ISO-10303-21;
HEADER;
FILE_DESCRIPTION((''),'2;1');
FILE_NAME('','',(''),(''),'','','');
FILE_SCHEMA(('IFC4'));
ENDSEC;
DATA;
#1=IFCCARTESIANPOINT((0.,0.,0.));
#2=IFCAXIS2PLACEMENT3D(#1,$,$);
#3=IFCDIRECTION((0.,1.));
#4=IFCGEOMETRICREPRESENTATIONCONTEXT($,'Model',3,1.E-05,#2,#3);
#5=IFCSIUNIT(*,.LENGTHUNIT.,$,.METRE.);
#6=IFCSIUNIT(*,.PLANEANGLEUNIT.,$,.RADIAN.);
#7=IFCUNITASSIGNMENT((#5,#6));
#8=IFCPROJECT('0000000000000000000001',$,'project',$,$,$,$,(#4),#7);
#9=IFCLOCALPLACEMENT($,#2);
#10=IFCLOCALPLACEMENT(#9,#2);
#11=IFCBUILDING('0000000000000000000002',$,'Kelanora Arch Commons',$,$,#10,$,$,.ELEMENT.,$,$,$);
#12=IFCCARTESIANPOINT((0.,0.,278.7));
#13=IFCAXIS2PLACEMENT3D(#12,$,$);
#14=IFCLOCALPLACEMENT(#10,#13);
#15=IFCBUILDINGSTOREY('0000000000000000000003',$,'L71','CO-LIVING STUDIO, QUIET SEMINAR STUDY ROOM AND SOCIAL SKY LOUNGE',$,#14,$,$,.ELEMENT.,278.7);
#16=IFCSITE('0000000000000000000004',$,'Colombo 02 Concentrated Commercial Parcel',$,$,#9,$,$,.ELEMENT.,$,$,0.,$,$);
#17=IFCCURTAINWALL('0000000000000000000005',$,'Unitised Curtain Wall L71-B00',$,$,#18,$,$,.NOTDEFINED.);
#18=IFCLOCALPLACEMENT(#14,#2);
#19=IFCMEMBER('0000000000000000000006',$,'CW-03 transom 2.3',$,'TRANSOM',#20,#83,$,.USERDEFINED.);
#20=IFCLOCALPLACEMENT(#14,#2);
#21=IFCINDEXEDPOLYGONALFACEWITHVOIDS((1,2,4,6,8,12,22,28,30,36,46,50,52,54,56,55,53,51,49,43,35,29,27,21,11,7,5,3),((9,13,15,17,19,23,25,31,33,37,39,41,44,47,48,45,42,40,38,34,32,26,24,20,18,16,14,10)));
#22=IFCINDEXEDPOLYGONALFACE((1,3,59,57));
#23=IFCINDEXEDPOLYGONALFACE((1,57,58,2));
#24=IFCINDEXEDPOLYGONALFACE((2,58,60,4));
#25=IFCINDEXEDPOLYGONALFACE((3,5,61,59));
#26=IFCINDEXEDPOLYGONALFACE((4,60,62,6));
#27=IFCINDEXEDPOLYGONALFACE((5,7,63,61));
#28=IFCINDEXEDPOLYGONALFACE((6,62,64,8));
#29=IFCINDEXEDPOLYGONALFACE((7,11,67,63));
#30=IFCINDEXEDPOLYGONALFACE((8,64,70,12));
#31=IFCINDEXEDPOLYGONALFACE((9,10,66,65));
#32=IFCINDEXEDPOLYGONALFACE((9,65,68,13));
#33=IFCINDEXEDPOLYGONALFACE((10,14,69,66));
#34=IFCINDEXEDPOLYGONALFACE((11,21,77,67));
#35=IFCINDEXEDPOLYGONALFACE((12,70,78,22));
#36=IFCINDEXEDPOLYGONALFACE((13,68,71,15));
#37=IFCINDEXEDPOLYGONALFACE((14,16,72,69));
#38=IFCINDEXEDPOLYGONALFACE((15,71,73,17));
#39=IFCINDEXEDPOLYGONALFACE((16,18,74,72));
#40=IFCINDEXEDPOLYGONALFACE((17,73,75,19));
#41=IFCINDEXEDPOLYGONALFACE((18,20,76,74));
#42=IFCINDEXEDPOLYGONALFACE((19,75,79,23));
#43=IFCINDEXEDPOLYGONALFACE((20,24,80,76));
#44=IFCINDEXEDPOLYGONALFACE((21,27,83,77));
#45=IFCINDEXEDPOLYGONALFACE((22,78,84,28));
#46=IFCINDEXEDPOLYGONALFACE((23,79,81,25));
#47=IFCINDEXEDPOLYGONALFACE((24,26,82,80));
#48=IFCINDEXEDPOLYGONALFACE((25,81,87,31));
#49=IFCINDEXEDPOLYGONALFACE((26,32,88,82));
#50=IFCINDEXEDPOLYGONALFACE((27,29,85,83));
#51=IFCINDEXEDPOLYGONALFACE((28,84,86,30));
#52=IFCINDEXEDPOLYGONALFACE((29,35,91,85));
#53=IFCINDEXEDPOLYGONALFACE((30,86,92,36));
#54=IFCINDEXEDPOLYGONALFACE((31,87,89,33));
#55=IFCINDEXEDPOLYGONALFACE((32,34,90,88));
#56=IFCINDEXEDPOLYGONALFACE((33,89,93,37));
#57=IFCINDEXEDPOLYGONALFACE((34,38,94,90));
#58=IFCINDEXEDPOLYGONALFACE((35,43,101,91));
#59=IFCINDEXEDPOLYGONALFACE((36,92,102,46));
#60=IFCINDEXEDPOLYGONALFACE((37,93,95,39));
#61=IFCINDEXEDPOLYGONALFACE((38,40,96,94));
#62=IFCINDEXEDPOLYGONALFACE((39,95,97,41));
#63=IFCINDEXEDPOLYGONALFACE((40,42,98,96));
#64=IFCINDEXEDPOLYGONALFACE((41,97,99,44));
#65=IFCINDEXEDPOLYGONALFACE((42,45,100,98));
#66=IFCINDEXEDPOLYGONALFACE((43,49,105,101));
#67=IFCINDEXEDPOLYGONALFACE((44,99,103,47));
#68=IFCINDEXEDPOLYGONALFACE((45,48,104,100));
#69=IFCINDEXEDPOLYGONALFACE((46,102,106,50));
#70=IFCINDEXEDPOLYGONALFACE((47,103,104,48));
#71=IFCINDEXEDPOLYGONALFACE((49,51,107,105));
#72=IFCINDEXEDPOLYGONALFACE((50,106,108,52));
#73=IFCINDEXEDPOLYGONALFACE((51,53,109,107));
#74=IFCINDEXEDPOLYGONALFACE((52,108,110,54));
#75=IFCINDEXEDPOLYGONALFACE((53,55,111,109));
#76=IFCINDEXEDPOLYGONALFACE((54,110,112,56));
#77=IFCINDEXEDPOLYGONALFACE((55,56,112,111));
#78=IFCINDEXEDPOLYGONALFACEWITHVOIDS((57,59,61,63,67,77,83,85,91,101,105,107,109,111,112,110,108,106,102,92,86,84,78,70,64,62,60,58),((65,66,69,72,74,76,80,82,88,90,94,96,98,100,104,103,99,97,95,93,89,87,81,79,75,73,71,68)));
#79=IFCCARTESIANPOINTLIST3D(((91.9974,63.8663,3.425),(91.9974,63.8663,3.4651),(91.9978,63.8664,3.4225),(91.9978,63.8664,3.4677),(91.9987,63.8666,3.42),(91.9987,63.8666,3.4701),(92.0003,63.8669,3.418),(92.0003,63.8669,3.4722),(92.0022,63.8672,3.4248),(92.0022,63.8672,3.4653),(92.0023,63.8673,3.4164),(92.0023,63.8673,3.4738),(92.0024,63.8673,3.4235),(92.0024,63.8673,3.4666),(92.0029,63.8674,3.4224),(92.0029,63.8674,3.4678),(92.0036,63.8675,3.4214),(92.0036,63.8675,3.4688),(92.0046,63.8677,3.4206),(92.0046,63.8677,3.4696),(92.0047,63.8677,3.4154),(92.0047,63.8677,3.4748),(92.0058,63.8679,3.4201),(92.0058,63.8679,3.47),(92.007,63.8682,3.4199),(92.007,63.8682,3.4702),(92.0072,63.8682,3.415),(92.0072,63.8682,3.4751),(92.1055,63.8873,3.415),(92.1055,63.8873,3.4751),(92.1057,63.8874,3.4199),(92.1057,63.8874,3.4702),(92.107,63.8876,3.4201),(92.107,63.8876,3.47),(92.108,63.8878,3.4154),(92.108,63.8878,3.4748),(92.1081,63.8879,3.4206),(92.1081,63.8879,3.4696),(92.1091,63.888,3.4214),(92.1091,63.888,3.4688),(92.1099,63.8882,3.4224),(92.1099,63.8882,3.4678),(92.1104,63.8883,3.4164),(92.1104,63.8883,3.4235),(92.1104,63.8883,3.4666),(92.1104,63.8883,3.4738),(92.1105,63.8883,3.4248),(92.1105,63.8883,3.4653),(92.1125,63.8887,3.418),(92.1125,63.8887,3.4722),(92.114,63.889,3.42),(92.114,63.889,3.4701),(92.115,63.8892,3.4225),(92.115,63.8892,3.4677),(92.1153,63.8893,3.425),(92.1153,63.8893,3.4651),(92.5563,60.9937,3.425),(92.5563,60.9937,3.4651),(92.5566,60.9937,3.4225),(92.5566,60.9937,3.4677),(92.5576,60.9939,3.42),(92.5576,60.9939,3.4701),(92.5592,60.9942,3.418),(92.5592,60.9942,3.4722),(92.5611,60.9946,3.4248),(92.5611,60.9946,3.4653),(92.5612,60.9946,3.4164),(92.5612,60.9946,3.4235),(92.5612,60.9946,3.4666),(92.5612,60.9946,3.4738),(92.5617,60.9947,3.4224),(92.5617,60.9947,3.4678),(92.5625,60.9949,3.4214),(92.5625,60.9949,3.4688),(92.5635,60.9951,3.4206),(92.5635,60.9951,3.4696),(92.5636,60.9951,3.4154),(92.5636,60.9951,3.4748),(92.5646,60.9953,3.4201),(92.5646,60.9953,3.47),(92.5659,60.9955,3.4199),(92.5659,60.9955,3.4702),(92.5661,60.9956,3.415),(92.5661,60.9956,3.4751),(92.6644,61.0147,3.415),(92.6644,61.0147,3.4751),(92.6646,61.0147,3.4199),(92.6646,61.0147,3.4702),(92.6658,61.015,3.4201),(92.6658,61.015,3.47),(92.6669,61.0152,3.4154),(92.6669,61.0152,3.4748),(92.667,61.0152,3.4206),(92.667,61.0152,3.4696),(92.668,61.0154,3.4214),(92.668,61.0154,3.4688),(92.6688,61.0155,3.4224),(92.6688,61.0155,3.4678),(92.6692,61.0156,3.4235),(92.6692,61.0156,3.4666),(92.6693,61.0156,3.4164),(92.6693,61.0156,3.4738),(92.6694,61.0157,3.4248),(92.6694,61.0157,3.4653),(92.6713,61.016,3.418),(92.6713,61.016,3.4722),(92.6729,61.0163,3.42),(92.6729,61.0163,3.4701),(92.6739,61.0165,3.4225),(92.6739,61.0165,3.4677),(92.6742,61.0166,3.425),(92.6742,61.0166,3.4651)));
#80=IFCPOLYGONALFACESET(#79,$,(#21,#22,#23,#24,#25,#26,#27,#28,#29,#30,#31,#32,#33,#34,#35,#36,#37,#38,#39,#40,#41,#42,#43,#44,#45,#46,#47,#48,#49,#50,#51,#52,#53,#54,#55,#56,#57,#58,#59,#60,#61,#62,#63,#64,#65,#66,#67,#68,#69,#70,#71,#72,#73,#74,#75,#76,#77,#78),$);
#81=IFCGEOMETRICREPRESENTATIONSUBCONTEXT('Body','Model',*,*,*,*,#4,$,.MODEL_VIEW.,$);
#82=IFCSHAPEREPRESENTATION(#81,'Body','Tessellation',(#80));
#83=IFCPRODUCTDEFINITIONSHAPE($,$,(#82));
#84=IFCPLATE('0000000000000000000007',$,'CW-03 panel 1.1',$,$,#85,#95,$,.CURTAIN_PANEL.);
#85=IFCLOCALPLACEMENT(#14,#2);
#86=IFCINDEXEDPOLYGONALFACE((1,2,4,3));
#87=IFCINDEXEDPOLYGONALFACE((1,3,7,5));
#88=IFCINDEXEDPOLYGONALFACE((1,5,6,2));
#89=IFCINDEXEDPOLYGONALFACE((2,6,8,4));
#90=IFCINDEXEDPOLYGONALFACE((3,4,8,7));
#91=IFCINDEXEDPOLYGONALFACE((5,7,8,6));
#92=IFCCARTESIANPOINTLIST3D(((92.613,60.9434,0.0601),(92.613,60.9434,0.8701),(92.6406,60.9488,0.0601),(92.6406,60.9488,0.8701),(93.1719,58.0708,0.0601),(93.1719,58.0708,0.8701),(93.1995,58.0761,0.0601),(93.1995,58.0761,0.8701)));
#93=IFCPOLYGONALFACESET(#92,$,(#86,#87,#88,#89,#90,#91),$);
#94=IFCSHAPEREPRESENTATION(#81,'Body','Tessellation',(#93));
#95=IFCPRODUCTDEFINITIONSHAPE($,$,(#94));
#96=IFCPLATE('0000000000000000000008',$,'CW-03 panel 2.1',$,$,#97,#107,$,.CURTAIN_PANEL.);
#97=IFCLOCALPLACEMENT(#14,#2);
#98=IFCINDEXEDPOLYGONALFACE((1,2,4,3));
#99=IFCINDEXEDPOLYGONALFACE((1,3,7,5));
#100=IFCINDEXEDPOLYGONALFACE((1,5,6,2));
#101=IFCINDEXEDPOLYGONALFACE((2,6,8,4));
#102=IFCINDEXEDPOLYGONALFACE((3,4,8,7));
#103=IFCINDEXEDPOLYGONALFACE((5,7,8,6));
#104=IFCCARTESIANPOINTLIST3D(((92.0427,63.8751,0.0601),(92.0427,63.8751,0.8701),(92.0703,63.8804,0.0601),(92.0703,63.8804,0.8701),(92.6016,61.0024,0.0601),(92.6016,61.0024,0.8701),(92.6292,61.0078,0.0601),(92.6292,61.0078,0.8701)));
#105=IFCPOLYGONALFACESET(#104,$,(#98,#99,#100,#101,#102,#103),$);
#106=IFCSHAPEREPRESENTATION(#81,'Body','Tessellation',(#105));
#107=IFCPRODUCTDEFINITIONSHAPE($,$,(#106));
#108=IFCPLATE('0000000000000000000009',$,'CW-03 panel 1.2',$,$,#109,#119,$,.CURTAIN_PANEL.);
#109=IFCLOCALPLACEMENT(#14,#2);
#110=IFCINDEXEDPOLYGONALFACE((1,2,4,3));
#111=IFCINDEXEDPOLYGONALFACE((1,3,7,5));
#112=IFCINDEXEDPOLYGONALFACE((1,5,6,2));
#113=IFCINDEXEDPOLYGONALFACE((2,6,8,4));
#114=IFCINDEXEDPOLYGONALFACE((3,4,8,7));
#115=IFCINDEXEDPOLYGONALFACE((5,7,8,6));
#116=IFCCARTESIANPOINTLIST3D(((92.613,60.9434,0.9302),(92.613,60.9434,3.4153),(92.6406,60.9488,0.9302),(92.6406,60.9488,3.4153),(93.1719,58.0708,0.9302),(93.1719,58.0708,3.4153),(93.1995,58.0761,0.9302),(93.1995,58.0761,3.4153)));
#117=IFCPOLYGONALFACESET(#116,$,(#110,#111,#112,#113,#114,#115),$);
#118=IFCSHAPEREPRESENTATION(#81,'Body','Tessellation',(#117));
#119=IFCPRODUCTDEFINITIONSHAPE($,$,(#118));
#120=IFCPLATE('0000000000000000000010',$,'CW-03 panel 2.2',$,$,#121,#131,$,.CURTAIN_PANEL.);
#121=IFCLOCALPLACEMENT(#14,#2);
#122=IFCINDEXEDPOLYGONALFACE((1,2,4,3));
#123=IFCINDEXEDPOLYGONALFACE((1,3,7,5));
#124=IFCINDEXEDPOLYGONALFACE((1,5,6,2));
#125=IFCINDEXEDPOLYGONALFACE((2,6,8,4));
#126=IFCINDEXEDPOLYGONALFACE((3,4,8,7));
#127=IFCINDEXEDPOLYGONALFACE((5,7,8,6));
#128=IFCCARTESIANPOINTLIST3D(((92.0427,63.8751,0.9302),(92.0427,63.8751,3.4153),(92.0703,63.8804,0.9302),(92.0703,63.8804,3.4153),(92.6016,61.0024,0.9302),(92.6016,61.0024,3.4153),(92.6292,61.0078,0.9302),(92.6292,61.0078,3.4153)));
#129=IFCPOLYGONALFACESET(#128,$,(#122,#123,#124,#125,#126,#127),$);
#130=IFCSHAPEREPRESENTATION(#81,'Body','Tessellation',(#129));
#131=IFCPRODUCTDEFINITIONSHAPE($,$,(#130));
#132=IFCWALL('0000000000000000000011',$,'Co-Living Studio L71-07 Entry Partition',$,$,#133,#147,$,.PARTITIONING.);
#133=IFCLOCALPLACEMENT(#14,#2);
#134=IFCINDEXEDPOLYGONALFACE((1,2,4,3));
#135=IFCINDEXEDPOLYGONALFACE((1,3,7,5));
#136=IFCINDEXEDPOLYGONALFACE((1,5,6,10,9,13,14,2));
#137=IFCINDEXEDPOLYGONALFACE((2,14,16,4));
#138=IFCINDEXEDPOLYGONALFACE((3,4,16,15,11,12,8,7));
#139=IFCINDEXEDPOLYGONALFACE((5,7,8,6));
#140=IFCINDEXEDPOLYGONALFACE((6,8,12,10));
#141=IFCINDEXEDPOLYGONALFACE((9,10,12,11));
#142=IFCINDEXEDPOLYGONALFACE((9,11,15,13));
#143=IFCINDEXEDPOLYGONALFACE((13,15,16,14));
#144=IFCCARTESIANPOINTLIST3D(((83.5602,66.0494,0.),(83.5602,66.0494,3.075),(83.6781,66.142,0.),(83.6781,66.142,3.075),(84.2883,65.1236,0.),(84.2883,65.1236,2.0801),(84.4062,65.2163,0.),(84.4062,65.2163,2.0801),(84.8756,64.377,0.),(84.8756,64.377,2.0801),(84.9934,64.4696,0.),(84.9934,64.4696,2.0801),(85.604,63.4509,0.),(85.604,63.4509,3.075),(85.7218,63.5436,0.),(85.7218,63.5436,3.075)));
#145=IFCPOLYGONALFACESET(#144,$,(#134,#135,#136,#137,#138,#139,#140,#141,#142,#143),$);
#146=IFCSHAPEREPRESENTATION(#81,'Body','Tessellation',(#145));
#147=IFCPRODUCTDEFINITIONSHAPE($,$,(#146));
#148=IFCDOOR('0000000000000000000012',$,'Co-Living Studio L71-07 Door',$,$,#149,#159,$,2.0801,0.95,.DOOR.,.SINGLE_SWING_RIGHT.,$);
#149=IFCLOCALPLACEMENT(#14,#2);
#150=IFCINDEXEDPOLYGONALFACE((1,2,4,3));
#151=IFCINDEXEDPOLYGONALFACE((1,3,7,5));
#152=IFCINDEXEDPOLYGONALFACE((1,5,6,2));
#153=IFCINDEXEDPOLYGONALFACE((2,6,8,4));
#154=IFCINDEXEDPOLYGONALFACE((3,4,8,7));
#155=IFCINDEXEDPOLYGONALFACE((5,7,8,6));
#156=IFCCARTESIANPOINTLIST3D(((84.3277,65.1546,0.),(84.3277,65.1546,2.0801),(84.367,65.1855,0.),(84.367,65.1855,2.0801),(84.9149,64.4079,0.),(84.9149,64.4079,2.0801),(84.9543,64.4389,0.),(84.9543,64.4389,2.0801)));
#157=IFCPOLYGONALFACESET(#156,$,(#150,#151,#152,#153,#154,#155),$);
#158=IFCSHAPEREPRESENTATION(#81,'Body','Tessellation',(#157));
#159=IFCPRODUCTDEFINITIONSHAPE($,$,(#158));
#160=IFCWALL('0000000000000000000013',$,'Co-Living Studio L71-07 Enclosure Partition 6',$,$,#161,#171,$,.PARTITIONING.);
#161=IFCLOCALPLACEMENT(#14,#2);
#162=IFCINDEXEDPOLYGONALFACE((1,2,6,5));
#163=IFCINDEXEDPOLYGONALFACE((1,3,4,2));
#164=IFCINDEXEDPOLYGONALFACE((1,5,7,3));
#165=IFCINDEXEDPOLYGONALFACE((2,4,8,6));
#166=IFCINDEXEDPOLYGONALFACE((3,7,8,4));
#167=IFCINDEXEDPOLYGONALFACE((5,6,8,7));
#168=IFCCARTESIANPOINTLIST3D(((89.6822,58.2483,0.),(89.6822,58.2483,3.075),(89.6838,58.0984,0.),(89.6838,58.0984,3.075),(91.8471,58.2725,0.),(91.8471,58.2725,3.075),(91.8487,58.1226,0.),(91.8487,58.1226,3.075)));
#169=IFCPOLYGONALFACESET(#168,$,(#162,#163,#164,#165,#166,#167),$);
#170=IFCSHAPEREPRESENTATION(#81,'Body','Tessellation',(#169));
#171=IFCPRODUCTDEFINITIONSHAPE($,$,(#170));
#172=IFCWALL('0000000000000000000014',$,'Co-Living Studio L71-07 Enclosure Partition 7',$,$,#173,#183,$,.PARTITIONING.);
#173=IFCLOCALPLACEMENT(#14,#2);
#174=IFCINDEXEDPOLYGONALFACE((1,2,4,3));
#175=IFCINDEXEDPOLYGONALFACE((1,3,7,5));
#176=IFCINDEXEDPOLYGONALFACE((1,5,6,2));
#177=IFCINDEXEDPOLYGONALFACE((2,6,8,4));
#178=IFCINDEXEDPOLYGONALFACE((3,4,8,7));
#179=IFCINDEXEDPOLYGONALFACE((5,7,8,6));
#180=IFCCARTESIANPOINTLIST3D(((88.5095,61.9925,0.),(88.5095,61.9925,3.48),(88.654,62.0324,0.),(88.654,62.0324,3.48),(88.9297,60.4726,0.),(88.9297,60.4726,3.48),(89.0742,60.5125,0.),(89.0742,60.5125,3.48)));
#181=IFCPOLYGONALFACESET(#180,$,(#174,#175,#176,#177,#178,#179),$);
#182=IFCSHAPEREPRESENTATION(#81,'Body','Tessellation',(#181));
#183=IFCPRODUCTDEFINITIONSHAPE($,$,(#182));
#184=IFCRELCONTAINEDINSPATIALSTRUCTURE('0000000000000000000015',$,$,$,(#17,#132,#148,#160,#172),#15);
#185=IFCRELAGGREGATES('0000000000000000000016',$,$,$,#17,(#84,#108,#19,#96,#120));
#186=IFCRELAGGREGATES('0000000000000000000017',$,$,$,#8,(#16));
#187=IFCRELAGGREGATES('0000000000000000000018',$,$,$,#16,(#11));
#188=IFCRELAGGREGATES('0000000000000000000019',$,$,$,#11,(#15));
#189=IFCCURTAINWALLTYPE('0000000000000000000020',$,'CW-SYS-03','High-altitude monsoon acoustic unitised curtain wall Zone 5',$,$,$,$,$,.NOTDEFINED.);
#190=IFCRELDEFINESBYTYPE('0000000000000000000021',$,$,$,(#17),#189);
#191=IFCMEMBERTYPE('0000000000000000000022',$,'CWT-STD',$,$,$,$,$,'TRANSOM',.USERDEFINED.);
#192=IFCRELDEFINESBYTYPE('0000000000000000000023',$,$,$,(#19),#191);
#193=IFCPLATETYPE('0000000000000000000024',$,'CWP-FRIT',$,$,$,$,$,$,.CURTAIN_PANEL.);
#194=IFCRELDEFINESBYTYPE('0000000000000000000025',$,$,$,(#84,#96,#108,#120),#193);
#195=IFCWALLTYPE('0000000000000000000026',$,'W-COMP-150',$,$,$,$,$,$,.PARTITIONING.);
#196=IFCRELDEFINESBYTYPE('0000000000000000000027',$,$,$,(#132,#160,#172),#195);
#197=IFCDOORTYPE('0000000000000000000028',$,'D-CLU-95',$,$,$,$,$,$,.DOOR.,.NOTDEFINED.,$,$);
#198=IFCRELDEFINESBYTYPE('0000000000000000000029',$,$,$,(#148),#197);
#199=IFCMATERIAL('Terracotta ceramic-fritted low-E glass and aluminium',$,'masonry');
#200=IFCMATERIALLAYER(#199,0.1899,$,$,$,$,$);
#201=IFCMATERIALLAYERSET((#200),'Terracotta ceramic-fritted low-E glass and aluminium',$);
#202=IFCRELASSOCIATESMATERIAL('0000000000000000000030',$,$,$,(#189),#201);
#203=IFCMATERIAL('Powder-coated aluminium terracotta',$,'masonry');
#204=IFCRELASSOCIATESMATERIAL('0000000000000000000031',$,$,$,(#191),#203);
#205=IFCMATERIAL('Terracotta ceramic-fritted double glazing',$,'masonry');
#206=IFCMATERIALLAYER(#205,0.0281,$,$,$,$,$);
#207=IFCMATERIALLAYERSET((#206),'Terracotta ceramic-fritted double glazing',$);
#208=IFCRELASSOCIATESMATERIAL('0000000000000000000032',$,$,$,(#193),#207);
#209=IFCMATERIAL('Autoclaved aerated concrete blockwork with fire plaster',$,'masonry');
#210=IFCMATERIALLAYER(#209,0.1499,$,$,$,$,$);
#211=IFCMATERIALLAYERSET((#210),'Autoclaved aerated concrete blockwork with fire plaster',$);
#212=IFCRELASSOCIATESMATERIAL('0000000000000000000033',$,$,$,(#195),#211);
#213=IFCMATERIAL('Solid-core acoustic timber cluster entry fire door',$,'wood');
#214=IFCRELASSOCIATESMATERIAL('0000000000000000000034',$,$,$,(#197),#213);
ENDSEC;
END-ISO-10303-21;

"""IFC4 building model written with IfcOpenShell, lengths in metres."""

from ifc_helpers import new_model, si_unit, direction, frame, frame_2d, origin, origin_2d, place, context, subcontext, project, spatial, rectangle, hollow_rectangle, extrude, source, transform, mapped, material, layer, layer_set, material_profile, profile_set, type_object, element, fill, aggregate, save


model = new_model("IFC4")

# Units and contexts
model_context = context("Model", 3, precision=1e-05, world=origin(), true_north=direction((0.0, 1.0)))
body_context = subcontext(model_context, "Body", "Model", "MODEL_VIEW")
ifc_project = project(units=[si_unit("LENGTHUNIT", "METRE"), si_unit("PLANEANGLEUNIT", "RADIAN")], contexts=[model_context])

# Site, building, storey
site_placement = place(None, origin())
site = spatial("IfcSite", under=ifc_project, at=site_placement, Name="Colombo 02 Concentrated Commercial Parcel", CompositionType="ELEMENT", RefElevation=0.0)
building_placement = place(site_placement, origin())
building = spatial("IfcBuilding", under=site, at=building_placement, Name="Kelanora Arch Commons", CompositionType="ELEMENT")
storey_placement = place(building_placement, frame((0.0, 0.0, 278.7)))
storey = spatial("IfcBuildingStorey", under=building, at=storey_placement, Name="L71", Description="CO-LIVING STUDIO, QUIET SEMINAR STUDY ROOM AND SOCIAL SKY LOUNGE", CompositionType="ELEMENT", Elevation=278.7)

# Curtain wall, member, plates
ifc_material_1 = material(Name="Terracotta ceramic-fritted low-E glass and aluminium", Category="masonry")
ifc_layer_1 = layer(ifc_material_1, 0.1899)
ifc_layer_set_1 = layer_set([ifc_layer_1], Name="Terracotta ceramic-fritted low-E glass and aluminium")
curtain_wall_type = type_object("IfcCurtainWallType", Name="CW-SYS-03", Description="High-altitude monsoon acoustic unitised curtain wall Zone 5", PredefinedType="NOTDEFINED", material=ifc_layer_set_1)
curtain_wall_placement = place(storey_placement, origin())
curtain_wall = element("IfcCurtainWall", 1, at=curtain_wall_placement, inside=storey, type_object=curtain_wall_type, Name="Unitised Curtain Wall L71-B00", PredefinedType="NOTDEFINED")
ifc_material_2 = material(Name="Powder-coated aluminium terracotta", Category="masonry")
ifc_material_profile_1 = material_profile(ifc_material_2, hollow_rectangle(XDim=0.1201, YDim=0.0601, WallThickness=0.0049, InnerFilletRadius=0.0049, OuterFilletRadius=0.01, at=origin_2d()), Name="CWT120x60")
ifc_profile_set_1 = profile_set([ifc_material_profile_1], Name="Powder-coated aluminium terracotta")
member_type_1 = type_object("IfcMemberType", Name="CWT-STD", ElementType="TRANSOM", PredefinedType="USERDEFINED", material=ifc_profile_set_1)
member_1_placement = place(storey_placement, frame((92.6152, 61.0051, 3.4451), z_axis=(-0.190963, 0.981597, 0.0), x_axis=(-0.981597, -0.190963, 0.0)))
member_1 = element("IfcMember", 2, at=member_1_placement, type_object=member_type_1, Name="CW-03 transom 2.3", ObjectType="TRANSOM", PredefinedType="USERDEFINED", context=body_context, shape_type="SweptSolid", body=[
    extrude(hollow_rectangle(XDim=0.1201, YDim=0.0601, WallThickness=0.0049, InnerFilletRadius=0.0049, OuterFilletRadius=0.01, at=origin_2d()), origin(), (0.0, 0.0, 1.0), 2.9265),
])
ifc_material_3 = material(Name="Terracotta ceramic-fritted double glazing", Category="masonry")
ifc_layer_2 = layer(ifc_material_3, 0.0281)
ifc_layer_set_2 = layer_set([ifc_layer_2], Name="Terracotta ceramic-fritted double glazing")
plate_type = type_object("IfcPlateType", Name="CWP-FRIT", PredefinedType="CURTAIN_PANEL", material=ifc_layer_set_2)
shared_shape_1 = source(origin(), body_context, "Body", "SweptSolid", [
    extrude(rectangle(XDim=2.9265, YDim=0.0281, at=origin_2d()), origin(), (0.0, 0.0, 1.0), 0.8101),
])
plate_1_placement = place(storey_placement, frame((92.9062, 59.5098, 0.0601), z_axis=(0.0, 0.0, 1.0), x_axis=(-0.190972, 0.981596, 0.0)))
plate_1 = element("IfcPlate", 3, at=plate_1_placement, type_object=plate_type, Name="CW-03 panel 1.1", PredefinedType="CURTAIN_PANEL", context=body_context, shape_type="MappedRepresentation", body=[
    mapped(shared_shape_1, transform((0.0, 0.0, 0.0), scale=1.0)),
])
plate_2_placement = place(storey_placement, frame((92.3359, 62.4414, 0.0601), z_axis=(0.0, 0.0, 1.0), x_axis=(-0.190972, 0.981596, 0.0)))
plate_2 = element("IfcPlate", 4, at=plate_2_placement, type_object=plate_type, Name="CW-03 panel 2.1", PredefinedType="CURTAIN_PANEL", context=body_context, shape_type="MappedRepresentation", body=[
    mapped(shared_shape_1, transform((0.0, 0.0, 0.0), scale=1.0)),
])
shared_shape_2 = source(origin(), body_context, "Body", "SweptSolid", [
    extrude(rectangle(XDim=2.9265, YDim=0.0281, at=origin_2d()), origin(), (0.0, 0.0, 1.0), 2.4851),
])
plate_3_placement = place(storey_placement, frame((92.9062, 59.5098, 0.9302), z_axis=(0.0, 0.0, 1.0), x_axis=(-0.190972, 0.981596, 0.0)))
plate_3 = element("IfcPlate", 5, at=plate_3_placement, type_object=plate_type, Name="CW-03 panel 1.2", PredefinedType="CURTAIN_PANEL", context=body_context, shape_type="MappedRepresentation", body=[
    mapped(shared_shape_2, transform((0.0, 0.0, 0.0), scale=1.0)),
])
plate_4_placement = place(storey_placement, frame((92.3359, 62.4414, 0.9302), z_axis=(0.0, 0.0, 1.0), x_axis=(-0.190972, 0.981596, 0.0)))
plate_4 = element("IfcPlate", 6, at=plate_4_placement, type_object=plate_type, Name="CW-03 panel 2.2", PredefinedType="CURTAIN_PANEL", context=body_context, shape_type="MappedRepresentation", body=[
    mapped(shared_shape_2, transform((0.0, 0.0, 0.0), scale=1.0)),
])
aggregate(curtain_wall, [plate_1, plate_3, member_1, plate_2, plate_4])

# Wall, opening, door
ifc_material_4 = material(Name="Autoclaved aerated concrete blockwork with fire plaster", Category="masonry")
ifc_layer_3 = layer(ifc_material_4, 0.1499)
ifc_layer_set_3 = layer_set([ifc_layer_3], Name="Autoclaved aerated concrete blockwork with fire plaster")
wall_type_1 = type_object("IfcWallType", Name="W-COMP-150", PredefinedType="PARTITIONING", material=ifc_layer_set_3)
wall_1_placement = place(storey_placement, frame((85.6628, 63.4973, 0.0), z_axis=(0.0, 0.0, 1.0), x_axis=(-0.618216, 0.786008, 0.0)))
wall_1 = element("IfcWall", 7, at=wall_1_placement, inside=storey, type_object=wall_type_1, Name="Co-Living Studio L71-07 Entry Partition", PredefinedType="PARTITIONING", context=body_context, shape_type="SweptSolid", body=[
    extrude(rectangle(XDim=3.3059, YDim=0.1499, at=frame_2d((1.6528, 0.0))), origin(), (0.0, 0.0, 1.0), 3.075),
])
opening_1_placement = place(wall_1_placement, frame((1.178, 0.0, 0.0)))
opening_1 = element("IfcOpeningElement", 8, at=opening_1_placement, cuts=wall_1, PredefinedType="OPENING", context=body_context, shape_type="SweptSolid", body=[
    extrude(rectangle(XDim=0.95, YDim=2.0801, at=frame_2d((0.4751, 1.04))), frame((0.0, 0.085, 0.0), z_axis=(0.0, -1.0, 0.0), x_axis=(1.0, 0.0, 0.0)), (0.0, 0.0, 1.0), 0.1699),
])
ifc_material_5 = material(Name="Solid-core acoustic timber cluster entry fire door", Category="wood")
door_type_1 = type_object("IfcDoorType", Name="D-CLU-95", OperationType="NOTDEFINED", PredefinedType="DOOR", material=ifc_material_5)
door_1_placement = place(opening_1_placement, origin())
door_1 = element("IfcDoor", 9, at=door_1_placement, inside=storey, type_object=door_type_1, Name="Co-Living Studio L71-07 Door", OperationType="SINGLE_SWING_RIGHT", OverallHeight=2.0801, OverallWidth=0.95, PredefinedType="DOOR", context=body_context, shape_type="SweptSolid", body=[
    extrude(rectangle(XDim=0.95, YDim=2.0801, at=frame_2d((0.4751, 1.04))), frame((0.0, 0.0249, 0.0), z_axis=(0.0, -1.0, 0.0), x_axis=(1.0, 0.0, 0.0)), (0.0, 0.0, 1.0), 0.05),
])
fill(opening_1, door_1)

# Walls
wall_2_placement = place(storey_placement, frame((91.8479, 58.1975, 0.0), z_axis=(0.0, 0.0, 1.0), x_axis=(-0.999938, -0.011164, 0.0)))
element("IfcWall", 10, at=wall_2_placement, inside=storey, type_object=wall_type_1, Name="Co-Living Studio L71-07 Enclosure Partition 6", PredefinedType="PARTITIONING", context=body_context, shape_type="SweptSolid", body=[
    extrude(rectangle(XDim=2.165, YDim=0.1499, at=frame_2d((1.0825, 0.0))), origin(), (0.0, 0.0, 1.0), 3.075),
])
wall_3_placement = place(storey_placement, frame((89.002, 60.4924, 0.0), z_axis=(0.0, 0.0, 1.0), x_axis=(-0.26647, 0.963843, 0.0)))
element("IfcWall", 11, at=wall_3_placement, inside=storey, type_object=wall_type_1, Name="Co-Living Studio L71-07 Enclosure Partition 7", PredefinedType="PARTITIONING", context=body_context, shape_type="SweptSolid", body=[
    extrude(rectangle(XDim=1.5769, YDim=0.1499, at=frame_2d((0.7886, 0.0))), origin(), (0.0, 0.0, 1.0), 3.48),
])

save(model, "model.ifc")
